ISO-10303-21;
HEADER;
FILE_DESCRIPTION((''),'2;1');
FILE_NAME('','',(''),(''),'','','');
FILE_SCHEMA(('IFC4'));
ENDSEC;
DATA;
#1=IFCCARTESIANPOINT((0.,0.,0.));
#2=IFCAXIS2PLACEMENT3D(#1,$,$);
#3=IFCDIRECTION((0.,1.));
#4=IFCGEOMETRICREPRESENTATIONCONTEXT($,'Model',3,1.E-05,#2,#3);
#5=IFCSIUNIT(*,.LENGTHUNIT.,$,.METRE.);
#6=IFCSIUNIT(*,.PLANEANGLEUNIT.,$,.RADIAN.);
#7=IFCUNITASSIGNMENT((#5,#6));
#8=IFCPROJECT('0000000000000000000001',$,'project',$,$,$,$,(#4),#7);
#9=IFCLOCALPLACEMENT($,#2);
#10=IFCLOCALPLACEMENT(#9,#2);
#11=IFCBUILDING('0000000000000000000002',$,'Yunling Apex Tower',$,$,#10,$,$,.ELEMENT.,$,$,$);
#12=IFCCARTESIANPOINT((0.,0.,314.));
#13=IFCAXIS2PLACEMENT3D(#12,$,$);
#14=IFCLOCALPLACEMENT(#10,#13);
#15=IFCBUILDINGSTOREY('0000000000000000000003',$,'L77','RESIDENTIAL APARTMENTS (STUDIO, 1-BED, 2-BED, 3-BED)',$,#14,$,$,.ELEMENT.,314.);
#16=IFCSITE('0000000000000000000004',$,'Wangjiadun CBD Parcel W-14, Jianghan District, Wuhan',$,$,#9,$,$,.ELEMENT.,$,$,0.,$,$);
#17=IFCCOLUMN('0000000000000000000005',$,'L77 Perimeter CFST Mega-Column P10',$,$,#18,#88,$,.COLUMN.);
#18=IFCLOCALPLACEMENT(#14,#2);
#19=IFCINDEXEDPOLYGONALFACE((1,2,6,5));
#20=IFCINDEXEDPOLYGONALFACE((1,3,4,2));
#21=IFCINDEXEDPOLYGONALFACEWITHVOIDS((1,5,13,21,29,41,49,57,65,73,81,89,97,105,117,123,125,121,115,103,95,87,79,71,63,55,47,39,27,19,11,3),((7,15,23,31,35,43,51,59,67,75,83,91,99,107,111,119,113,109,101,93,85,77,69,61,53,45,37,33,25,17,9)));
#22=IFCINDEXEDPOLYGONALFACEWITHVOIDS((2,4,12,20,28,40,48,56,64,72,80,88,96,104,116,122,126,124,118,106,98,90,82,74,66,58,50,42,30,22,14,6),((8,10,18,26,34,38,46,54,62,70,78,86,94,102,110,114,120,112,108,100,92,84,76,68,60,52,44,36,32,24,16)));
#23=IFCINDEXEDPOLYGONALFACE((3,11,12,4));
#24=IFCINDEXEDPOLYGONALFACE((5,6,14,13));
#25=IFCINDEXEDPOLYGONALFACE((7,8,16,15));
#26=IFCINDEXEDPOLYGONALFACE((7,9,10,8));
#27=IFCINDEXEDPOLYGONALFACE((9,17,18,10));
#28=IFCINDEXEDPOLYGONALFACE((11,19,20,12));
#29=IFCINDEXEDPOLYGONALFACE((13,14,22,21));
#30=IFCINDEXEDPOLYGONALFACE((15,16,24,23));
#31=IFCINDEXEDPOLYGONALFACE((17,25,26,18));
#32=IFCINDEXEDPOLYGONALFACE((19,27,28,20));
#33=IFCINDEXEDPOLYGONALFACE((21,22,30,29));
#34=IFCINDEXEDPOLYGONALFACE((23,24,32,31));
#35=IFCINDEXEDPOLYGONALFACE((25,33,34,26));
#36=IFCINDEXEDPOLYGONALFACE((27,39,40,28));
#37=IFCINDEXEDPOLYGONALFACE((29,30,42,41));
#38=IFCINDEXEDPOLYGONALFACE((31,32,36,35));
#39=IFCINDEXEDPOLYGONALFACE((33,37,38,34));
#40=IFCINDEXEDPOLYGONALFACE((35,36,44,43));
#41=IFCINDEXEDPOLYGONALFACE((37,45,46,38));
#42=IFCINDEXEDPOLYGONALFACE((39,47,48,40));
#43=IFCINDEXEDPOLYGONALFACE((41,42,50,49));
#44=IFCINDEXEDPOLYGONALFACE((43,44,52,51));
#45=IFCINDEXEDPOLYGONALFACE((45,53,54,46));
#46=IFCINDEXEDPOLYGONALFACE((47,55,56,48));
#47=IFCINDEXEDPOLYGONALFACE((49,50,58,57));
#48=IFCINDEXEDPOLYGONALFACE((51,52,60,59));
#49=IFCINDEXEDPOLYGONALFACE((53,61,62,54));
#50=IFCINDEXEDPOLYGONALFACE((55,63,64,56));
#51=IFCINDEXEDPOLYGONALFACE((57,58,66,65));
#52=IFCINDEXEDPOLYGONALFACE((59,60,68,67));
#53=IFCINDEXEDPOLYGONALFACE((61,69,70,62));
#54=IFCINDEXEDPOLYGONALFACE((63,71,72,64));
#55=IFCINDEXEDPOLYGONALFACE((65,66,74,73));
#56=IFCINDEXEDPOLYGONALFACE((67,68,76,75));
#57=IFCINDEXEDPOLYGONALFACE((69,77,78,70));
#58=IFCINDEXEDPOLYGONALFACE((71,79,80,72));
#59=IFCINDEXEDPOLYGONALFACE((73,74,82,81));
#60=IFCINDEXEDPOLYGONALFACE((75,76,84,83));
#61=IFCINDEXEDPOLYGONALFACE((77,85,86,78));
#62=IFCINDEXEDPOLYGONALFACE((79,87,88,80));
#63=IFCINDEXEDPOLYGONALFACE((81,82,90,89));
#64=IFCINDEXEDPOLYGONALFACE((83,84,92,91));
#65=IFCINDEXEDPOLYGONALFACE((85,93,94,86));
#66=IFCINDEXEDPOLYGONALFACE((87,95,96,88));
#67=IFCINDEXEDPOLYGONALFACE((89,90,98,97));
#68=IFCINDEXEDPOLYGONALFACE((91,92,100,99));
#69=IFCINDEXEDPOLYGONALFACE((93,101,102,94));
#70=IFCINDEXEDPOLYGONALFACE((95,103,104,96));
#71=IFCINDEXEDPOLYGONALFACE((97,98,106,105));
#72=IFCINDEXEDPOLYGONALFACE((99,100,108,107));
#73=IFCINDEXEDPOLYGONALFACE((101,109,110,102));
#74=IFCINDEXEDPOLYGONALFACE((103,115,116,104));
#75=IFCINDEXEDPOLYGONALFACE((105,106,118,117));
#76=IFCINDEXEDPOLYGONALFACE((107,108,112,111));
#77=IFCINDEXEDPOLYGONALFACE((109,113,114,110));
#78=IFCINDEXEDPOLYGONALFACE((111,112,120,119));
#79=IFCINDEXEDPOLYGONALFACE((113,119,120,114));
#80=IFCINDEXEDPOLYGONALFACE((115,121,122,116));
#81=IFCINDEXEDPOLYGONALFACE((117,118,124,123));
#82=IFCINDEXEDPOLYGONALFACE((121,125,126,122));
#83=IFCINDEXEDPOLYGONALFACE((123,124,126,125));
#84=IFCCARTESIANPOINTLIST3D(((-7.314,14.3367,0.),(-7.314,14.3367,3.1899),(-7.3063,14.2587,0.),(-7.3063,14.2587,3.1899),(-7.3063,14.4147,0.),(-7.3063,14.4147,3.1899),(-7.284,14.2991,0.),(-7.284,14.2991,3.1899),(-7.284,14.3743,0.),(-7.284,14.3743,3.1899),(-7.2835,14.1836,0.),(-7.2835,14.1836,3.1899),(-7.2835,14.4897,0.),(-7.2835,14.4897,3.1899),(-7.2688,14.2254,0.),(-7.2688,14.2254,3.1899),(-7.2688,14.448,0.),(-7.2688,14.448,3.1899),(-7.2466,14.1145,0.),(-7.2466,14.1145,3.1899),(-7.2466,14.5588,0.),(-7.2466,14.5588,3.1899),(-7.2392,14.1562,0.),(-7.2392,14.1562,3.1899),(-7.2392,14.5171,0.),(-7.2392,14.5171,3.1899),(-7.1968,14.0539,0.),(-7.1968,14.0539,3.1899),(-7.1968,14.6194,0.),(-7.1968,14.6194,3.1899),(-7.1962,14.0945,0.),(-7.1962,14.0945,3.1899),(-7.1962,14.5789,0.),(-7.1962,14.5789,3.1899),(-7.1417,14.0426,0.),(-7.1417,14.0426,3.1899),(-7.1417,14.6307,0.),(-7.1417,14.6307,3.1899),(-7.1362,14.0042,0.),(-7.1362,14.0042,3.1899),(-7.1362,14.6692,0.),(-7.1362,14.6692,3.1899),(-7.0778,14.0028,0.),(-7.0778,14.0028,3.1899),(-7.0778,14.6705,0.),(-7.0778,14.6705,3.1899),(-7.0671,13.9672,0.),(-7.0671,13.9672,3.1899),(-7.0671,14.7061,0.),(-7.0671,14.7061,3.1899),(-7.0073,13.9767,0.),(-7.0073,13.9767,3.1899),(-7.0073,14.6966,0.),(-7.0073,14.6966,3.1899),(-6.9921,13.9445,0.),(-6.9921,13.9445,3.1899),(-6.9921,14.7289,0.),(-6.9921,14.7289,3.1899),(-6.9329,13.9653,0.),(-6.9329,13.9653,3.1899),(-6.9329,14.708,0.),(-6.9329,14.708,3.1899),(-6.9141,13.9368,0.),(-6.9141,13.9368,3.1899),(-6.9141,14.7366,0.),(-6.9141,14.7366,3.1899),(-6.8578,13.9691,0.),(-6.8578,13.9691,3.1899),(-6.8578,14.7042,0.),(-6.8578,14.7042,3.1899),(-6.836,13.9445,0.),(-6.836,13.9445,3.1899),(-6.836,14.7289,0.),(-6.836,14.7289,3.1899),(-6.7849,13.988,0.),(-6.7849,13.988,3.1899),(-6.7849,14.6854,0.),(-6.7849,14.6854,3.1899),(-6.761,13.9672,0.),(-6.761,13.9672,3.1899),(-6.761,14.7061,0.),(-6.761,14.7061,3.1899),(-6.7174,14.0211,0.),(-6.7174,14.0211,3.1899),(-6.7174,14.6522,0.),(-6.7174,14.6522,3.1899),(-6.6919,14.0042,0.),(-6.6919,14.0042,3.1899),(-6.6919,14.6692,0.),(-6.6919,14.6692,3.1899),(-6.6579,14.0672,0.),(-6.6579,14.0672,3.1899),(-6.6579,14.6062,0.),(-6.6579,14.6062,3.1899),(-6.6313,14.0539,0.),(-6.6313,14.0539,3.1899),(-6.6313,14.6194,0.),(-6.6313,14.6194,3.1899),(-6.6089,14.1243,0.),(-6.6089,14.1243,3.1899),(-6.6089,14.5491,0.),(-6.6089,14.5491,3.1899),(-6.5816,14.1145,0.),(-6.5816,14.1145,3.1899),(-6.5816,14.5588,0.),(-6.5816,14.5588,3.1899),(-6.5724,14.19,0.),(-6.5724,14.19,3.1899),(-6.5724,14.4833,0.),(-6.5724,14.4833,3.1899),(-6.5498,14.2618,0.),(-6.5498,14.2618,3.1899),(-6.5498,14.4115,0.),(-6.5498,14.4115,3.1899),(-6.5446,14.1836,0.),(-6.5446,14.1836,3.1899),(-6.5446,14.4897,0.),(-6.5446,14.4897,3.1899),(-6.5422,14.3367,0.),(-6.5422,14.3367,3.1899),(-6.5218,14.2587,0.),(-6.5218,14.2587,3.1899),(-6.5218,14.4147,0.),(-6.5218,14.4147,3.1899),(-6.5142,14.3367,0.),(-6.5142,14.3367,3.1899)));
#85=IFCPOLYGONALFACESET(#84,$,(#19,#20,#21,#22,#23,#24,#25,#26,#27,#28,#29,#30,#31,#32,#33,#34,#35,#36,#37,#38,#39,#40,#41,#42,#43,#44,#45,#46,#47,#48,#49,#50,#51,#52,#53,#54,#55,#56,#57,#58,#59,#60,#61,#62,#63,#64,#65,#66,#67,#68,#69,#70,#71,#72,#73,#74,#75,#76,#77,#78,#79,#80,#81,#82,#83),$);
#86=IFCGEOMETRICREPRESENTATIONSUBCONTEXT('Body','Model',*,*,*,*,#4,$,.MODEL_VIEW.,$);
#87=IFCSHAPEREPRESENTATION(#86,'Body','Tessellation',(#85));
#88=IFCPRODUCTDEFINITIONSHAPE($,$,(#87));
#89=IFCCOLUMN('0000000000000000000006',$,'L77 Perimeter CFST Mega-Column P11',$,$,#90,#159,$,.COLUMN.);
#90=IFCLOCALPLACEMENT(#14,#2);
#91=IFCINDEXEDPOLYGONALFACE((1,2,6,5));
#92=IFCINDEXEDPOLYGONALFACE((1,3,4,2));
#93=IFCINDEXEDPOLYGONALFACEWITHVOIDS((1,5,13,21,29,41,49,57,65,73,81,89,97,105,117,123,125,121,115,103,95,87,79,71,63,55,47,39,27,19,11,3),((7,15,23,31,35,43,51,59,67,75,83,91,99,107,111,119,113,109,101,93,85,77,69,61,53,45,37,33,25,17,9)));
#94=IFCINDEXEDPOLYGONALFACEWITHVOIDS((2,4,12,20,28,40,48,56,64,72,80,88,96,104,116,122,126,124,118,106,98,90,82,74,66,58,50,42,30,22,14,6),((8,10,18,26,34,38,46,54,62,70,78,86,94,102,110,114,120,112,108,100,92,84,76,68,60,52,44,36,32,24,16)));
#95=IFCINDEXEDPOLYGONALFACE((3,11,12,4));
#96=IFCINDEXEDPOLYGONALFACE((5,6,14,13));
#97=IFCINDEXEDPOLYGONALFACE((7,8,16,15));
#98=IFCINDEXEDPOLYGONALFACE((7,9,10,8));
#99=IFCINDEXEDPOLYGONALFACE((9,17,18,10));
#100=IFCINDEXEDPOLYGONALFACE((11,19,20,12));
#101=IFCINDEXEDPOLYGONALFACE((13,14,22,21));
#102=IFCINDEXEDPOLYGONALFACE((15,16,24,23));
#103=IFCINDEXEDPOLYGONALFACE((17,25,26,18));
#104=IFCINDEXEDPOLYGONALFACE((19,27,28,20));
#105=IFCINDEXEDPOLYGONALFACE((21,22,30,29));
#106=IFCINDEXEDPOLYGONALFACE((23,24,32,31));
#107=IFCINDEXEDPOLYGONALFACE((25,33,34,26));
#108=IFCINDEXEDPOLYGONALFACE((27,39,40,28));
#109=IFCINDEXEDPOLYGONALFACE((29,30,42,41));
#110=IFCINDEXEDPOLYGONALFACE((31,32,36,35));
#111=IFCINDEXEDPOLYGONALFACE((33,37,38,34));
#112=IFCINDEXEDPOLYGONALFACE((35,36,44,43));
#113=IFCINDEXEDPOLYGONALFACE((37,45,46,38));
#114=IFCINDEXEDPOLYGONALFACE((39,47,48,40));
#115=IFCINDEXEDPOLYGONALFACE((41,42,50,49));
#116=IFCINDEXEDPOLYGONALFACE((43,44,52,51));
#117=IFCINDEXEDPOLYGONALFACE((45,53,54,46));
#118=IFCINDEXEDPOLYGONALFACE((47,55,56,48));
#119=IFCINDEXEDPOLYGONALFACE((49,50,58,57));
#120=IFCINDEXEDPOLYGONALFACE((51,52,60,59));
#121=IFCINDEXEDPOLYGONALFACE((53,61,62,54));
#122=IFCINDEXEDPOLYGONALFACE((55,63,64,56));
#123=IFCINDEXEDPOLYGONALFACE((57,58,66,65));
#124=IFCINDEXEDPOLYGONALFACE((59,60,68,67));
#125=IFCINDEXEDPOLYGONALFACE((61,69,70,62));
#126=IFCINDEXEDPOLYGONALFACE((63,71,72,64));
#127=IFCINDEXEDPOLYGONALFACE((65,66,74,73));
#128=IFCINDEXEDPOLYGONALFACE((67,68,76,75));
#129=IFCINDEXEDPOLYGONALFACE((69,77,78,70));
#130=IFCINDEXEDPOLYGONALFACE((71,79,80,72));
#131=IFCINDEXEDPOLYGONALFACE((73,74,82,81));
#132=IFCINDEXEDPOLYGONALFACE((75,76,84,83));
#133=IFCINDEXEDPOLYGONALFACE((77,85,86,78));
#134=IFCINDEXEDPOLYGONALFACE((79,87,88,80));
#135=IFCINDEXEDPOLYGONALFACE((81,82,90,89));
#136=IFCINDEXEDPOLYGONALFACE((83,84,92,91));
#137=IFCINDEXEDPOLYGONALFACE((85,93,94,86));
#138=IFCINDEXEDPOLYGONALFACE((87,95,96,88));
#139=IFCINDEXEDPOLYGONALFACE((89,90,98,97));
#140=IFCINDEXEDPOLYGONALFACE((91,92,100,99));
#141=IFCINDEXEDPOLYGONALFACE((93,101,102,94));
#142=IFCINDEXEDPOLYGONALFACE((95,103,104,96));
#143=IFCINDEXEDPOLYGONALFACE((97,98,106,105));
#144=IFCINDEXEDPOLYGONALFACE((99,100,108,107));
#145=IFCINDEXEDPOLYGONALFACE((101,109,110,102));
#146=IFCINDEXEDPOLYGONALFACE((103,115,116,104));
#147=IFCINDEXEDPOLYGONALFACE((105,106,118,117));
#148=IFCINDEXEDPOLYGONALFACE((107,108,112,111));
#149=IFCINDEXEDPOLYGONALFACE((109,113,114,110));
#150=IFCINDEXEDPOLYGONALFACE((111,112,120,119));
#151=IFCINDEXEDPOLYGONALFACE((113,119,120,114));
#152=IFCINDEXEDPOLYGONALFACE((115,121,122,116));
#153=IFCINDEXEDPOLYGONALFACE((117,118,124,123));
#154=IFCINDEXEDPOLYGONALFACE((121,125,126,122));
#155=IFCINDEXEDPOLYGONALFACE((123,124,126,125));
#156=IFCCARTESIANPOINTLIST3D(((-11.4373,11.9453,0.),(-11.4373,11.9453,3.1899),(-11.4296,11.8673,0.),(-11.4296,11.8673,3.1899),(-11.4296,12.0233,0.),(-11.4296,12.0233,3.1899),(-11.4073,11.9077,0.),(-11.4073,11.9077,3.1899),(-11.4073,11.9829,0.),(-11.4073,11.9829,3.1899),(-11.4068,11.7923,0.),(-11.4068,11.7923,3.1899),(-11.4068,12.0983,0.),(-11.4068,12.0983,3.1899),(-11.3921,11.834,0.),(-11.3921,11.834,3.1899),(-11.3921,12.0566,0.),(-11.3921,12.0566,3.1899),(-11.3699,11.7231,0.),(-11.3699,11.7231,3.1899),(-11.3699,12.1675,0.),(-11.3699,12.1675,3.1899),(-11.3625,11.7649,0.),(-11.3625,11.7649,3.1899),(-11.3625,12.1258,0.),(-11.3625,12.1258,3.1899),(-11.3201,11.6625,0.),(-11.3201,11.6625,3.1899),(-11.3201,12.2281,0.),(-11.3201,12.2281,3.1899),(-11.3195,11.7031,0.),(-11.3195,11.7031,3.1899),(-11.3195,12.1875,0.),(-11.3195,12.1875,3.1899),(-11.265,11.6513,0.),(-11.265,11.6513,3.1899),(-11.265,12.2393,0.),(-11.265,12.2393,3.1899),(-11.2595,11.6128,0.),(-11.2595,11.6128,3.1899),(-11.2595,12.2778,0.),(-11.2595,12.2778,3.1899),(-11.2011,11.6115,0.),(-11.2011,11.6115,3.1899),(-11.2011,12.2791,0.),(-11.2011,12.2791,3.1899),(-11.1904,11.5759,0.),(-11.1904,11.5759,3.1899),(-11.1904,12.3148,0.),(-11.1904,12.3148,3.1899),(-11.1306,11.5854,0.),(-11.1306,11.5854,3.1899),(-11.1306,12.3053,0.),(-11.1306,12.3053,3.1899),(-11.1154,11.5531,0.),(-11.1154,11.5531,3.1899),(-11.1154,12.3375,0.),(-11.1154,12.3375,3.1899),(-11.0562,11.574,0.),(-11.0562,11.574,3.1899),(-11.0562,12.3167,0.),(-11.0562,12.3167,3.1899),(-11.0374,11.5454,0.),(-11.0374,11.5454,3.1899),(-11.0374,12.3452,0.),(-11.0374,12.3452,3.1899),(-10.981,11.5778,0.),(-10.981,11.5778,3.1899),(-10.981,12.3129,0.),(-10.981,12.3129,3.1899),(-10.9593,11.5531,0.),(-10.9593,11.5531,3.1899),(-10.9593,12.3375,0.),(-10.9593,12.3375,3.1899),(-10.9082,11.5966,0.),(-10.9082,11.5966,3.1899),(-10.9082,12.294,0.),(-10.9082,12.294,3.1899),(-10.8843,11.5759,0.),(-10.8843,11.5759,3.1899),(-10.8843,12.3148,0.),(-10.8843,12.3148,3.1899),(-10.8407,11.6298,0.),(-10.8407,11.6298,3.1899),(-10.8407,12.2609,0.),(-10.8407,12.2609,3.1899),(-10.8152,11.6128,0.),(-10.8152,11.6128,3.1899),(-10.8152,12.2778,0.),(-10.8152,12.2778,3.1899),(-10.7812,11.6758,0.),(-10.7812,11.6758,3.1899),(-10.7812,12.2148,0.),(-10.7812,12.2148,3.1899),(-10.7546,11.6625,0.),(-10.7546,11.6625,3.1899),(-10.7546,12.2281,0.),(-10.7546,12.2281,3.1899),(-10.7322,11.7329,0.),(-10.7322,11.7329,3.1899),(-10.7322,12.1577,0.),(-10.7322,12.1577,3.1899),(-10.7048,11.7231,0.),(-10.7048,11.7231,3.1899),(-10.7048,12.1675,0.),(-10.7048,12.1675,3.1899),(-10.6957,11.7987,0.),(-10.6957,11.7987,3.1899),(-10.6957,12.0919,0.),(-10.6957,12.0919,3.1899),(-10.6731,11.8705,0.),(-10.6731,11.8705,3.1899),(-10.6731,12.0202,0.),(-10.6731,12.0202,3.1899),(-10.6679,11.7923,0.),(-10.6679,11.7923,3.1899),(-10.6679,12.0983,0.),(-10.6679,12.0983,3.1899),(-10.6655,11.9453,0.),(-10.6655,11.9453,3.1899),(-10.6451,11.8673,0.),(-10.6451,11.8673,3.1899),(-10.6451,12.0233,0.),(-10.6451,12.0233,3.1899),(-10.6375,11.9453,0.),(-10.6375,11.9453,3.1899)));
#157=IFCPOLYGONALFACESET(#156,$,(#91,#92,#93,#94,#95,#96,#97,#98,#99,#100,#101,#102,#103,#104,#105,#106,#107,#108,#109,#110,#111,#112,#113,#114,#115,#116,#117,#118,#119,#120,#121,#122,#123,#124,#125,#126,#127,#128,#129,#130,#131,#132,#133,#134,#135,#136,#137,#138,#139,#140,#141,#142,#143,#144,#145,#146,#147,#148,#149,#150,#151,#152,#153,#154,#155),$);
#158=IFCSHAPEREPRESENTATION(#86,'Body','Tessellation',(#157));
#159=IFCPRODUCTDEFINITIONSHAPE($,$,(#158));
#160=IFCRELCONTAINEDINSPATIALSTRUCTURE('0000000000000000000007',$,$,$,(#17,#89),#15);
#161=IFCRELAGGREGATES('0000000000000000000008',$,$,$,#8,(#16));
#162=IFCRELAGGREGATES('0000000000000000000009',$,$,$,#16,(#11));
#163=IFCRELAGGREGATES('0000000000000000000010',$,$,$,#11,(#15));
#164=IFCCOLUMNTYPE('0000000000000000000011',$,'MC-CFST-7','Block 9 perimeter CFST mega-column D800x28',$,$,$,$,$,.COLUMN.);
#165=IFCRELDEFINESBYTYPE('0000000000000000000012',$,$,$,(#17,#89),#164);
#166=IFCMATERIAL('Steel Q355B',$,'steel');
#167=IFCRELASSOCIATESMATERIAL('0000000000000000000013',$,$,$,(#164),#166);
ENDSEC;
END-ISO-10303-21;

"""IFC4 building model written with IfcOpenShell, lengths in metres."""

from ifc_helpers import new_model, si_unit, direction, frame, origin, origin_2d, place, context, subcontext, project, spatial, hollow_circle, extrude, source, transform, mapped, material, material_profile, profile_set, type_object, element, save


model = new_model("IFC4")

# Units and contexts
model_context = context("Model", 3, precision=1e-05, world=origin(), true_north=direction((0.0, 1.0)))
body_context = subcontext(model_context, "Body", "Model", "MODEL_VIEW")
ifc_project = project(units=[si_unit("LENGTHUNIT", "METRE"), si_unit("PLANEANGLEUNIT", "RADIAN")], contexts=[model_context])

# Site, building, storey
site_placement = place(None, origin())
site = spatial("IfcSite", under=ifc_project, at=site_placement, Name="Wangjiadun CBD Parcel W-14, Jianghan District, Wuhan", CompositionType="ELEMENT", RefElevation=0.0)
building_placement = place(site_placement, origin())
building = spatial("IfcBuilding", under=site, at=building_placement, Name="Yunling Apex Tower", CompositionType="ELEMENT")
storey_placement = place(building_placement, frame((0.0, 0.0, 314.0)))
storey = spatial("IfcBuildingStorey", under=building, at=storey_placement, Name="L77", Description="RESIDENTIAL APARTMENTS (STUDIO, 1-BED, 2-BED, 3-BED)", CompositionType="ELEMENT", Elevation=314.0)

# Columns
ifc_material_1 = material(Name="Steel Q355B", Category="steel")
ifc_material_profile_1 = material_profile(ifc_material_1, hollow_circle(Radius=0.3999, WallThickness=0.0281, at=origin_2d()))
ifc_profile_set_1 = profile_set([ifc_material_profile_1], Name="Steel Q355B")
column_type = type_object("IfcColumnType", Name="MC-CFST-7", Description="Block 9 perimeter CFST mega-column D800x28", PredefinedType="COLUMN", material=ifc_profile_set_1)
shared_shape_1 = source(origin(), body_context, "Body", "SweptSolid", [
    extrude(hollow_circle(Radius=0.3999, WallThickness=0.0281, at=origin_2d()), origin(), (0.0, 0.0, 1.0), 3.1899),
])
for number, where, z_axis, x_axis, name in (
    (1, (-6.9141, 14.3367, 0.0), (0.0, 0.0, 1.0), (1.0, 0.0, 0.0), "L77 Perimeter CFST Mega-Column P10"),
    (2, (-11.0374, 11.9453, 0.0), (0.0, 0.0, 1.0), (1.0, 0.0, 0.0), "L77 Perimeter CFST Mega-Column P11"),
):
    element("IfcColumn", number, at=place(storey_placement, frame(where, z_axis=z_axis, x_axis=x_axis)), inside=storey, type_object=column_type, Name=name, PredefinedType="COLUMN", context=body_context, shape_type="MappedRepresentation", body=[
        mapped(shared_shape_1, transform((0.0, 0.0, 0.0), scale=1.0)),
    ])

save(model, "model.ifc")
